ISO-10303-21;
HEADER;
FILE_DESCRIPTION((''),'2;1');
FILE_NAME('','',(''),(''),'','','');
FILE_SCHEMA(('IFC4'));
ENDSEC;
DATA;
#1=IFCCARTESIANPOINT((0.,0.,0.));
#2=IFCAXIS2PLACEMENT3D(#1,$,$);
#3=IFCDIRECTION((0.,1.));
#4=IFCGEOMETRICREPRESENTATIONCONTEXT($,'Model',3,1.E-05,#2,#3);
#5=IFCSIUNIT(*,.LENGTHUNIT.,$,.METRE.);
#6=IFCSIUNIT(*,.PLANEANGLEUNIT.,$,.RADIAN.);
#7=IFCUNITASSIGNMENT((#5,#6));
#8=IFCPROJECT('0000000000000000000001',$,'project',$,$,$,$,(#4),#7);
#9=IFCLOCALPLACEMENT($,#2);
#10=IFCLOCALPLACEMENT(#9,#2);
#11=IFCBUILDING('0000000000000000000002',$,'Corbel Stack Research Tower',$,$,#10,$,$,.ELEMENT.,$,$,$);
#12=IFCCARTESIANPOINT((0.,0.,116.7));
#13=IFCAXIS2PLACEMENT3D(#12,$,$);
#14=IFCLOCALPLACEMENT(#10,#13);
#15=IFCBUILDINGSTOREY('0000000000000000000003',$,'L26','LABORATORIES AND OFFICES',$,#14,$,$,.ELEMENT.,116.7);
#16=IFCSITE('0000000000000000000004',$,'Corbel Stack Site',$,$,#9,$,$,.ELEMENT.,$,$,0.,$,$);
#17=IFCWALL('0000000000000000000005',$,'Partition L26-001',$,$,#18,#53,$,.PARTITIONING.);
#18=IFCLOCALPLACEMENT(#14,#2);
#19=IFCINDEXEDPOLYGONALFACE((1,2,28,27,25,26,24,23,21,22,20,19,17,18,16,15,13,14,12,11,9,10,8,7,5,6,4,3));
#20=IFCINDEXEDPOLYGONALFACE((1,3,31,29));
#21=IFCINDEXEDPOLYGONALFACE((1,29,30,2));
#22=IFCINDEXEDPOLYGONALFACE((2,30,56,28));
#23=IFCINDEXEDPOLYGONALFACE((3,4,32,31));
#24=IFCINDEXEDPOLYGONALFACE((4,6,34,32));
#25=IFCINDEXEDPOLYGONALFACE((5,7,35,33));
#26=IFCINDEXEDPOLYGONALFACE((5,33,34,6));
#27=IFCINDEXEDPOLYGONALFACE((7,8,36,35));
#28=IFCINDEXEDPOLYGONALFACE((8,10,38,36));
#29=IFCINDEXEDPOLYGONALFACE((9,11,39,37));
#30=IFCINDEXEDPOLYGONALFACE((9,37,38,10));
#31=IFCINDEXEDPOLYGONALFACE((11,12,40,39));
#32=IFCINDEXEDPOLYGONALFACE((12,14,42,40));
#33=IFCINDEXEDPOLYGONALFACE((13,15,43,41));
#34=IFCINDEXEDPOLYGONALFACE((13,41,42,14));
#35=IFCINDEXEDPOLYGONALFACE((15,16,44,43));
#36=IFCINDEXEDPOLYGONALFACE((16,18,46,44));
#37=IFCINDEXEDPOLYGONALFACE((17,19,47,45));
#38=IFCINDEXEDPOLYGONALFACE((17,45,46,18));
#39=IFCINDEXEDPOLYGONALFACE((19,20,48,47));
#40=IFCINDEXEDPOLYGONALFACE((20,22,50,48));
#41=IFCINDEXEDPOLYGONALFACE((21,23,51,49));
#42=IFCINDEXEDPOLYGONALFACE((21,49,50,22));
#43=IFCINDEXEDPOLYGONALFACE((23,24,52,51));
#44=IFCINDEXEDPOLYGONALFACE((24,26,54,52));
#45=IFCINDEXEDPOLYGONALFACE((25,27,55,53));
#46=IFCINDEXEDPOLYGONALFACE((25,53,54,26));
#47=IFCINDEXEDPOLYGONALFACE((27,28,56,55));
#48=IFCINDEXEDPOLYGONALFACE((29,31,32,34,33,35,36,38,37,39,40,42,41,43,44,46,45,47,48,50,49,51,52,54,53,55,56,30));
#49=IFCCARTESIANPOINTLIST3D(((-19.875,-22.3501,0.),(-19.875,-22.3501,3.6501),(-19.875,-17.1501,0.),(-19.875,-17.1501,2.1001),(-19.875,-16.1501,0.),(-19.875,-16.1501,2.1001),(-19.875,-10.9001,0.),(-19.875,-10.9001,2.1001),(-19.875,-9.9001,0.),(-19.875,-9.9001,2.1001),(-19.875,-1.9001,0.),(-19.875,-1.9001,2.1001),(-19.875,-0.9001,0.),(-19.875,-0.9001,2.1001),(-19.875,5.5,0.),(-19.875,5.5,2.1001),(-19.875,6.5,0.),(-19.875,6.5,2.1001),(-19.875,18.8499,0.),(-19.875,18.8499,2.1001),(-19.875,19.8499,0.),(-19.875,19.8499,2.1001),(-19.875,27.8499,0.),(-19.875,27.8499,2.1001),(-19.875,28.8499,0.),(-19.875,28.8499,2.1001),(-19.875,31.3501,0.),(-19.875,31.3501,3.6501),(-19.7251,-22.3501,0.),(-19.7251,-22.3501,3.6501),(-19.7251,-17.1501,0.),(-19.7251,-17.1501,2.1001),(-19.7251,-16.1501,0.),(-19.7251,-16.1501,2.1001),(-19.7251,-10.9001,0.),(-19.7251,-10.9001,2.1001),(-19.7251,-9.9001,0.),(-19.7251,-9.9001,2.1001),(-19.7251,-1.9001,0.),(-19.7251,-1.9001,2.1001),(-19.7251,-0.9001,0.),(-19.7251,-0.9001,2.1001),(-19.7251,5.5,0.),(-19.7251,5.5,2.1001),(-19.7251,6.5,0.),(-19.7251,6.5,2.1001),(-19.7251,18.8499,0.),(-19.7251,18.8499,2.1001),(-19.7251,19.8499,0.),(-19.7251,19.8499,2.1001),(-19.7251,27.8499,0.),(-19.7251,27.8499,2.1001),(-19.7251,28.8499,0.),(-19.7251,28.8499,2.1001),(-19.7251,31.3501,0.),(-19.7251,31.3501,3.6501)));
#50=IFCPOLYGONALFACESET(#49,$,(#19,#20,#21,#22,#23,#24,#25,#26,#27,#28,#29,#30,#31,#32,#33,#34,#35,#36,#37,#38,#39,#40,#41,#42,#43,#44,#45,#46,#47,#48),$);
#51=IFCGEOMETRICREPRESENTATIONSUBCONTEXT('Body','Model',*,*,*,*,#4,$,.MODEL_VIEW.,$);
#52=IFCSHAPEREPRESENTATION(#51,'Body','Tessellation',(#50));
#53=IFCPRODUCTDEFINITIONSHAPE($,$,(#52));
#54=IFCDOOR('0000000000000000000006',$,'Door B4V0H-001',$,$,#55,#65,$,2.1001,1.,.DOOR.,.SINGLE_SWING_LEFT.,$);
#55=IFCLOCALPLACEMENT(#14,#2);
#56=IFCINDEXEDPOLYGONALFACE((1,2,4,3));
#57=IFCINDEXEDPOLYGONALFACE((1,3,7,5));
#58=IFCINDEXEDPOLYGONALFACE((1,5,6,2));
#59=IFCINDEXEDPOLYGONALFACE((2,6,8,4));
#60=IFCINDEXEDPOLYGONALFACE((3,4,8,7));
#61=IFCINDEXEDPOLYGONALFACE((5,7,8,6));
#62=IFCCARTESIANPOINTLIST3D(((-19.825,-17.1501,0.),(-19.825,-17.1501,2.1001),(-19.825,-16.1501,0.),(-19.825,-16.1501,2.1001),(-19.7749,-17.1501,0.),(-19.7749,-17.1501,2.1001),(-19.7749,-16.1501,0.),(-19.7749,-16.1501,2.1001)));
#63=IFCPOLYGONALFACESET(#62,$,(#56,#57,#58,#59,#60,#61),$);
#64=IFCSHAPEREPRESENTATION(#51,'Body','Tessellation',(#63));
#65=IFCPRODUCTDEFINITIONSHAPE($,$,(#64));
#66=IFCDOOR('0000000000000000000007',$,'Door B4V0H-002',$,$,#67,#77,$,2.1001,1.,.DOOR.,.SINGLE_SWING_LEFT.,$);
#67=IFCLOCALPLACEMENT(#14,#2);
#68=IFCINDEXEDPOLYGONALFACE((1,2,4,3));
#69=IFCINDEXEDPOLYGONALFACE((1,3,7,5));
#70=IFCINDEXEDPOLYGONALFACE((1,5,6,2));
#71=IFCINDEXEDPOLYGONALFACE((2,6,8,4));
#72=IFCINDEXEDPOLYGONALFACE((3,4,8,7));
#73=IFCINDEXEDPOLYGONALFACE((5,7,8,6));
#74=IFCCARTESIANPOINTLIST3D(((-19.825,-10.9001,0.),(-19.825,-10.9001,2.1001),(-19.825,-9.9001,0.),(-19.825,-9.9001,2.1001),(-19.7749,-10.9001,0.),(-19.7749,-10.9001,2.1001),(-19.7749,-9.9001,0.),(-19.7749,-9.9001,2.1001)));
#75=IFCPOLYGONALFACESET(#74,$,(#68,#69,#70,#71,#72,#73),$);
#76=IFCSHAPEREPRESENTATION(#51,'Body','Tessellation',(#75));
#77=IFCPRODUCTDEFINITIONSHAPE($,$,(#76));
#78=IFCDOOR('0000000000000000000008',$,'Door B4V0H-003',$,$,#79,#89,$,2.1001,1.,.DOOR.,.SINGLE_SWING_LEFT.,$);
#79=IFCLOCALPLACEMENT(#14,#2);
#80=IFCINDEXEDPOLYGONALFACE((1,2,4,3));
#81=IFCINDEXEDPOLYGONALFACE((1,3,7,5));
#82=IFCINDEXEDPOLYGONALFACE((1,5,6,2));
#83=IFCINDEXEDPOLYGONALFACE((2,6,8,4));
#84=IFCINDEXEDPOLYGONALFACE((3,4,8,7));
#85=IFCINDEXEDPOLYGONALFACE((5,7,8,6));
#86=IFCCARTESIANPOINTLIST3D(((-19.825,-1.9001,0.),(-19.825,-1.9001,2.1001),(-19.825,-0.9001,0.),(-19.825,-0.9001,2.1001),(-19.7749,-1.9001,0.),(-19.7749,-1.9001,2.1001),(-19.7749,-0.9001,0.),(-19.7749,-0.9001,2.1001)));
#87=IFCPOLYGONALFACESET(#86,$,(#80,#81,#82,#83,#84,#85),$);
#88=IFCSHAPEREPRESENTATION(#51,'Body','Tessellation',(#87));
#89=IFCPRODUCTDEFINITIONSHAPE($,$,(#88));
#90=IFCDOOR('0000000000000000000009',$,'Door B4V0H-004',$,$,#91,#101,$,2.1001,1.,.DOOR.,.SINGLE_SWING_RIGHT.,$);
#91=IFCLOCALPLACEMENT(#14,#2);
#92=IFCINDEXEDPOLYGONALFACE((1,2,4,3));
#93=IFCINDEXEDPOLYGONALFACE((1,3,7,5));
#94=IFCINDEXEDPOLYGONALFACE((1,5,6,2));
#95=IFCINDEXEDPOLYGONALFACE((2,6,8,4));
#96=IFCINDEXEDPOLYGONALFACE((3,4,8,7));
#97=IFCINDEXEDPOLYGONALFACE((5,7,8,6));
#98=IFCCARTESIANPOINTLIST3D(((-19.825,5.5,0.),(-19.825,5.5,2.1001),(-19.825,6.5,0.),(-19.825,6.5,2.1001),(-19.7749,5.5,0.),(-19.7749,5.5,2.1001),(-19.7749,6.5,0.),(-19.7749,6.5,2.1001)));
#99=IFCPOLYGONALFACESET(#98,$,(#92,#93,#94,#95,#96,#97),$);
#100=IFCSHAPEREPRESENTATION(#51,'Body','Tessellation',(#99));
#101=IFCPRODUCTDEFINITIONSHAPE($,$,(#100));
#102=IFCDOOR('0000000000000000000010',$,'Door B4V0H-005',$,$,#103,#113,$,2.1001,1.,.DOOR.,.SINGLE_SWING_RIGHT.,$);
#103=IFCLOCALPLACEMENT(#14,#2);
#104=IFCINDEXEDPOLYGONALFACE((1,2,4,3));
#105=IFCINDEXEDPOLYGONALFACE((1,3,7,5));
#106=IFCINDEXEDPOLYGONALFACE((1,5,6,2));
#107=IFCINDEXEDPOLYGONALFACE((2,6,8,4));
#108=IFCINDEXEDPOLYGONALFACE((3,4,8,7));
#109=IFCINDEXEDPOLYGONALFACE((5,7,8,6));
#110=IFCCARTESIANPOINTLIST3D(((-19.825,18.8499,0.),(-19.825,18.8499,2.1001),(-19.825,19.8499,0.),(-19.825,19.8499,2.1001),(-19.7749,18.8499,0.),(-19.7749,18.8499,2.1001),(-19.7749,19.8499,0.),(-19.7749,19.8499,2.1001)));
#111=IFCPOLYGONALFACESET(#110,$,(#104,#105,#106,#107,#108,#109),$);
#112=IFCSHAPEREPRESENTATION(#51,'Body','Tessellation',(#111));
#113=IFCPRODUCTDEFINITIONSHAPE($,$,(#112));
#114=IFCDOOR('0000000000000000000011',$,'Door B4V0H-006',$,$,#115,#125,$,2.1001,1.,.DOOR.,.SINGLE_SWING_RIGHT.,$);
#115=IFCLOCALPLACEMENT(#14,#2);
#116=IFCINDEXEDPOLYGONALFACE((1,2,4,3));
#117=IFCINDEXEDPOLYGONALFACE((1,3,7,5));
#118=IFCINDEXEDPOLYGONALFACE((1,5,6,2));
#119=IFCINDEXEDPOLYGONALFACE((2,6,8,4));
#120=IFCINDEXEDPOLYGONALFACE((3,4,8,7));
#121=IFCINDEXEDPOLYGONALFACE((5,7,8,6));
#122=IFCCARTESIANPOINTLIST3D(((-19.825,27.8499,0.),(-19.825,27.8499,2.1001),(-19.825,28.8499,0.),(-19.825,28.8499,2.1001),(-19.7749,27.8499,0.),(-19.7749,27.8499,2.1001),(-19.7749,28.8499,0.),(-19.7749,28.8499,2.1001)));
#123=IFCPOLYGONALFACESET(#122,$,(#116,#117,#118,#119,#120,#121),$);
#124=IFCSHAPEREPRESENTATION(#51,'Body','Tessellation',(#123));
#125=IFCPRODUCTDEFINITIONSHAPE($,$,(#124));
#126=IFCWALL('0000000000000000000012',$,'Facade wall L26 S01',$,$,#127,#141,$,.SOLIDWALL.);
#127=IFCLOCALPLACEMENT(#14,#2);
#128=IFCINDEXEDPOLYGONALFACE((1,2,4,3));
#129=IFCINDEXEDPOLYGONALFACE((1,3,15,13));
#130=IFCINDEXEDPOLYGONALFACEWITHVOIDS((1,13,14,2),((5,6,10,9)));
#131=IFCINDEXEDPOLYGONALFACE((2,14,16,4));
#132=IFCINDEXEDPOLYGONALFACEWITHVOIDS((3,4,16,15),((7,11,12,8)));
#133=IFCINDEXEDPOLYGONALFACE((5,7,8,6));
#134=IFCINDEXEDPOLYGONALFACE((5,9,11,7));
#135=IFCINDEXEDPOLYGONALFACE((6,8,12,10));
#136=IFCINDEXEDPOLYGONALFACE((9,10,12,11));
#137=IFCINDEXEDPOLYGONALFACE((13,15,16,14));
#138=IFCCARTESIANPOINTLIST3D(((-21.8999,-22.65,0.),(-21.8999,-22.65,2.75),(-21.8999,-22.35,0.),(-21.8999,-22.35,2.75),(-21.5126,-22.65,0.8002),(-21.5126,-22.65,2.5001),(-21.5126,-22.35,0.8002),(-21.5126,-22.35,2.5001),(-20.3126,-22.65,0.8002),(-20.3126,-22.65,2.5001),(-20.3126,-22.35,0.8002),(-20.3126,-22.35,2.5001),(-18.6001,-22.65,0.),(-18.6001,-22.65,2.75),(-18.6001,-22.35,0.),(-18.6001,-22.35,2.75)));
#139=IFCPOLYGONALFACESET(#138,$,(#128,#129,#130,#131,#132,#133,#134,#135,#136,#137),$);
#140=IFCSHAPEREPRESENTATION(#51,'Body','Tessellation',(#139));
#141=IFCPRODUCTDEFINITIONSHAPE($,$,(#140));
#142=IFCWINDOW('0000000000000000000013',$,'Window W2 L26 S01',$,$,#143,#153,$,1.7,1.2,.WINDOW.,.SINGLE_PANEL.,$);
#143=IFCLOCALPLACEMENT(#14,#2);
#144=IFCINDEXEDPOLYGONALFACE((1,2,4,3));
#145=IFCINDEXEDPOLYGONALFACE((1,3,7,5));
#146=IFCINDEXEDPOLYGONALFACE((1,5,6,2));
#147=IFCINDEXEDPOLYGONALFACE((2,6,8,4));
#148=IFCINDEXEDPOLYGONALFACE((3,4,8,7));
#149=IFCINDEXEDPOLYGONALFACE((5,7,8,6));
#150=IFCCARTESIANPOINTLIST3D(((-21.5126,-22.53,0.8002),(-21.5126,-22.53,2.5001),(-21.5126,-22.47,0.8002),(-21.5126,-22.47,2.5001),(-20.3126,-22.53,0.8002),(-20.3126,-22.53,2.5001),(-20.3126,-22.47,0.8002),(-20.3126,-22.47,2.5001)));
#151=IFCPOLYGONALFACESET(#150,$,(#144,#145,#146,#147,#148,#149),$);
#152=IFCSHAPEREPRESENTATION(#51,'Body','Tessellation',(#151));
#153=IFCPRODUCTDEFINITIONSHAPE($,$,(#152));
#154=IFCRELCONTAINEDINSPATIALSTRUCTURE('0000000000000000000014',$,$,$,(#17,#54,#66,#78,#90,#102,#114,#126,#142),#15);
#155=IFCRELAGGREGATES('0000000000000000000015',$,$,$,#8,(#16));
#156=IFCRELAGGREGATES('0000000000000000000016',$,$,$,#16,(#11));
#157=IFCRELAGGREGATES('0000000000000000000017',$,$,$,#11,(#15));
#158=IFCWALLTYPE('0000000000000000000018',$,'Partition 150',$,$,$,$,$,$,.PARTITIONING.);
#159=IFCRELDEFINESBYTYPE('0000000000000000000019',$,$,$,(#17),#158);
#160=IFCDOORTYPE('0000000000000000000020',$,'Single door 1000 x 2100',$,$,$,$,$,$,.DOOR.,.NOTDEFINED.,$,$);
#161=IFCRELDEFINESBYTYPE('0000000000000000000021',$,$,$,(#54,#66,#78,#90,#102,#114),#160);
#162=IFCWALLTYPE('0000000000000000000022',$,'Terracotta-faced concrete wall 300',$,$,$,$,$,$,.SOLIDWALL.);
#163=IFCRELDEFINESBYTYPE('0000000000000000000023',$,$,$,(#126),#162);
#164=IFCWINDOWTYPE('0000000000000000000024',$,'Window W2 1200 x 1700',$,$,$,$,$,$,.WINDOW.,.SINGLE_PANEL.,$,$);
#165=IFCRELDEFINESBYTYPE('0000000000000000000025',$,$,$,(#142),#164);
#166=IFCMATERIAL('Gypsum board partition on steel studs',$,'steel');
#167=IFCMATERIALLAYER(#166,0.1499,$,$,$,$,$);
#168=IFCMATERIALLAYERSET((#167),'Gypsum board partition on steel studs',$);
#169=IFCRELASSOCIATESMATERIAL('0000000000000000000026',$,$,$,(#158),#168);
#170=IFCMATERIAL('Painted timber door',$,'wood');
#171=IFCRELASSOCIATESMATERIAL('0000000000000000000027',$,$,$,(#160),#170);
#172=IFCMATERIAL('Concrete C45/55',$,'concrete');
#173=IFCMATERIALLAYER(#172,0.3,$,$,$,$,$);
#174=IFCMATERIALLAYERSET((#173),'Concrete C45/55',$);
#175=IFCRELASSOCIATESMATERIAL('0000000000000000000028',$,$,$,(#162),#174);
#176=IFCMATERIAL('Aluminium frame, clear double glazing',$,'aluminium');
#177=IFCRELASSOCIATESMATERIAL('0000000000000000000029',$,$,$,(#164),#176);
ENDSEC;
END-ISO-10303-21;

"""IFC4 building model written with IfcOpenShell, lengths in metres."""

from ifc_helpers import new_model, si_unit, direction, frame, frame_2d, origin, place, context, subcontext, project, spatial, rectangle, extrude, material, layer, layer_set, type_object, element, fill, save


model = new_model("IFC4")

# Units and contexts
model_context = context("Model", 3, precision=1e-05, world=origin(), true_north=direction((0.0, 1.0)))
body_context = subcontext(model_context, "Body", "Model", "MODEL_VIEW")
ifc_project = project(units=[si_unit("LENGTHUNIT", "METRE"), si_unit("PLANEANGLEUNIT", "RADIAN")], contexts=[model_context])

# Site, building, storey
site_placement = place(None, origin())
site = spatial("IfcSite", under=ifc_project, at=site_placement, Name="Corbel Stack Site", CompositionType="ELEMENT", RefElevation=0.0)
building_placement = place(site_placement, origin())
building = spatial("IfcBuilding", under=site, at=building_placement, Name="Corbel Stack Research Tower", CompositionType="ELEMENT")
storey_placement = place(building_placement, frame((0.0, 0.0, 116.7)))
storey = spatial("IfcBuildingStorey", under=building, at=storey_placement, Name="L26", Description="LABORATORIES AND OFFICES", CompositionType="ELEMENT", Elevation=116.7)

# Wall, openings, doors
ifc_material_1 = material(Name="Gypsum board partition on steel studs", Category="steel")
ifc_layer_1 = layer(ifc_material_1, 0.1499)
ifc_layer_set_1 = layer_set([ifc_layer_1], Name="Gypsum board partition on steel studs")
wall_type_1 = type_object("IfcWallType", Name="Partition 150", PredefinedType="PARTITIONING", material=ifc_layer_set_1)
wall_1_placement = place(storey_placement, frame((-19.8, -22.3501, 0.0), z_axis=(0.0, 0.0, 1.0), x_axis=(0.0, 1.0, 0.0)))
wall_1 = element("IfcWall", 1, at=wall_1_placement, inside=storey, type_object=wall_type_1, Name="Partition L26-001", PredefinedType="PARTITIONING", context=body_context, shape_type="SweptSolid", body=[
    extrude(rectangle(XDim=53.7002, YDim=0.1499, at=frame_2d((26.8501, 0.0))), origin(), (0.0, 0.0, 1.0), 3.6501),
])
opening_1_placement = place(wall_1_placement, frame((5.2, 0.0, 0.0)))
opening_1 = element("IfcOpeningElement", 2, at=opening_1_placement, cuts=wall_1, PredefinedType="OPENING", context=body_context, shape_type="SweptSolid", body=[
    extrude(rectangle(XDim=1.0, YDim=2.1001, at=frame_2d((0.5, 1.05))), frame((0.0, 0.085, 0.0), z_axis=(0.0, -1.0, 0.0), x_axis=(1.0, 0.0, 0.0)), (0.0, 0.0, 1.0), 0.1699),
])
opening_2_placement = place(wall_1_placement, frame((11.45, 0.0, 0.0)))
opening_2 = element("IfcOpeningElement", 3, at=opening_2_placement, cuts=wall_1, PredefinedType="OPENING", context=body_context, shape_type="SweptSolid", body=[
    extrude(rectangle(XDim=1.0, YDim=2.1001, at=frame_2d((0.5, 1.05))), frame((0.0, 0.085, 0.0), z_axis=(0.0, -1.0, 0.0), x_axis=(1.0, 0.0, 0.0)), (0.0, 0.0, 1.0), 0.1699),
])
opening_3_placement = place(wall_1_placement, frame((20.45, 0.0, 0.0)))
opening_3 = element("IfcOpeningElement", 4, at=opening_3_placement, cuts=wall_1, PredefinedType="OPENING", context=body_context, shape_type="SweptSolid", body=[
    extrude(rectangle(XDim=1.0, YDim=2.1001, at=frame_2d((0.5, 1.05))), frame((0.0, 0.085, 0.0), z_axis=(0.0, -1.0, 0.0), x_axis=(1.0, 0.0, 0.0)), (0.0, 0.0, 1.0), 0.1699),
])
opening_4_placement = place(wall_1_placement, frame((27.8501, 0.0, 0.0)))
opening_4 = element("IfcOpeningElement", 5, at=opening_4_placement, cuts=wall_1, PredefinedType="OPENING", context=body_context, shape_type="SweptSolid", body=[
    extrude(rectangle(XDim=1.0, YDim=2.1001, at=frame_2d((0.5, 1.05))), frame((0.0, 0.085, 0.0), z_axis=(0.0, -1.0, 0.0), x_axis=(1.0, 0.0, 0.0)), (0.0, 0.0, 1.0), 0.1699),
])
opening_5_placement = place(wall_1_placement, frame((41.2, 0.0, 0.0)))
opening_5 = element("IfcOpeningElement", 6, at=opening_5_placement, cuts=wall_1, PredefinedType="OPENING", context=body_context, shape_type="SweptSolid", body=[
    extrude(rectangle(XDim=1.0, YDim=2.1001, at=frame_2d((0.5, 1.05))), frame((0.0, 0.085, 0.0), z_axis=(0.0, -1.0, 0.0), x_axis=(1.0, 0.0, 0.0)), (0.0, 0.0, 1.0), 0.1699),
])
opening_6_placement = place(wall_1_placement, frame((50.2, 0.0, 0.0)))
opening_6 = element("IfcOpeningElement", 7, at=opening_6_placement, cuts=wall_1, PredefinedType="OPENING", context=body_context, shape_type="SweptSolid", body=[
    extrude(rectangle(XDim=1.0, YDim=2.1001, at=frame_2d((0.5, 1.05))), frame((0.0, 0.085, 0.0), z_axis=(0.0, -1.0, 0.0), x_axis=(1.0, 0.0, 0.0)), (0.0, 0.0, 1.0), 0.1699),
])
ifc_material_2 = material(Name="Painted timber door", Category="wood")
door_type_1 = type_object("IfcDoorType", Name="Single door 1000 x 2100", OperationType="NOTDEFINED", PredefinedType="DOOR", material=ifc_material_2)
door_1_placement = place(opening_1_placement, origin())
door_1 = element("IfcDoor", 8, at=door_1_placement, inside=storey, type_object=door_type_1, Name="Door B4V0H-001", OperationType="SINGLE_SWING_LEFT", OverallHeight=2.1001, OverallWidth=1.0, PredefinedType="DOOR", context=body_context, shape_type="SweptSolid", body=[
    extrude(rectangle(XDim=1.0, YDim=2.1001, at=frame_2d((0.5, 1.05))), frame((0.0, 0.0249, 0.0), z_axis=(0.0, -1.0, 0.0), x_axis=(1.0, 0.0, 0.0)), (0.0, 0.0, 1.0), 0.05),
])
fill(opening_1, door_1)
door_2_placement = place(opening_2_placement, origin())
door_2 = element("IfcDoor", 9, at=door_2_placement, inside=storey, type_object=door_type_1, Name="Door B4V0H-002", OperationType="SINGLE_SWING_LEFT", OverallHeight=2.1001, OverallWidth=1.0, PredefinedType="DOOR", context=body_context, shape_type="SweptSolid", body=[
    extrude(rectangle(XDim=1.0, YDim=2.1001, at=frame_2d((0.5, 1.05))), frame((0.0, 0.0249, 0.0), z_axis=(0.0, -1.0, 0.0), x_axis=(1.0, 0.0, 0.0)), (0.0, 0.0, 1.0), 0.05),
])
fill(opening_2, door_2)
door_3_placement = place(opening_3_placement, origin())
door_3 = element("IfcDoor", 10, at=door_3_placement, inside=storey, type_object=door_type_1, Name="Door B4V0H-003", OperationType="SINGLE_SWING_LEFT", OverallHeight=2.1001, OverallWidth=1.0, PredefinedType="DOOR", context=body_context, shape_type="SweptSolid", body=[
    extrude(rectangle(XDim=1.0, YDim=2.1001, at=frame_2d((0.5, 1.05))), frame((0.0, 0.0249, 0.0), z_axis=(0.0, -1.0, 0.0), x_axis=(1.0, 0.0, 0.0)), (0.0, 0.0, 1.0), 0.05),
])
fill(opening_3, door_3)
door_4_placement = place(opening_4_placement, origin())
door_4 = element("IfcDoor", 11, at=door_4_placement, inside=storey, type_object=door_type_1, Name="Door B4V0H-004", OperationType="SINGLE_SWING_RIGHT", OverallHeight=2.1001, OverallWidth=1.0, PredefinedType="DOOR", context=body_context, shape_type="SweptSolid", body=[
    extrude(rectangle(XDim=1.0, YDim=2.1001, at=frame_2d((0.5, 1.05))), frame((0.0, 0.0249, 0.0), z_axis=(0.0, -1.0, 0.0), x_axis=(1.0, 0.0, 0.0)), (0.0, 0.0, 1.0), 0.05),
])
fill(opening_4, door_4)
door_5_placement = place(opening_5_placement, origin())
door_5 = element("IfcDoor", 12, at=door_5_placement, inside=storey, type_object=door_type_1, Name="Door B4V0H-005", OperationType="SINGLE_SWING_RIGHT", OverallHeight=2.1001, OverallWidth=1.0, PredefinedType="DOOR", context=body_context, shape_type="SweptSolid", body=[
    extrude(rectangle(XDim=1.0, YDim=2.1001, at=frame_2d((0.5, 1.05))), frame((0.0, 0.0249, 0.0), z_axis=(0.0, -1.0, 0.0), x_axis=(1.0, 0.0, 0.0)), (0.0, 0.0, 1.0), 0.05),
])
fill(opening_5, door_5)
door_6_placement = place(opening_6_placement, origin())
door_6 = element("IfcDoor", 13, at=door_6_placement, inside=storey, type_object=door_type_1, Name="Door B4V0H-006", OperationType="SINGLE_SWING_RIGHT", OverallHeight=2.1001, OverallWidth=1.0, PredefinedType="DOOR", context=body_context, shape_type="SweptSolid", body=[
    extrude(rectangle(XDim=1.0, YDim=2.1001, at=frame_2d((0.5, 1.05))), frame((0.0, 0.0249, 0.0), z_axis=(0.0, -1.0, 0.0), x_axis=(1.0, 0.0, 0.0)), (0.0, 0.0, 1.0), 0.05),
])
fill(opening_6, door_6)

# Wall, opening, window
ifc_material_3 = material(Name="Concrete C45/55", Category="concrete")
ifc_layer_2 = layer(ifc_material_3, 0.3)
ifc_layer_set_2 = layer_set([ifc_layer_2], Name="Concrete C45/55")
wall_type_2 = type_object("IfcWallType", Name="Terracotta-faced concrete wall 300", PredefinedType="SOLIDWALL", material=ifc_layer_set_2)
wall_2_placement = place(storey_placement, frame((-18.6001, -22.5, 0.0), z_axis=(0.0, 0.0, 1.0), x_axis=(-1.0, 0.0, 0.0)))
wall_2 = element("IfcWall", 14, at=wall_2_placement, inside=storey, type_object=wall_type_2, Name="Facade wall L26 S01", PredefinedType="SOLIDWALL", context=body_context, shape_type="SweptSolid", body=[
    extrude(rectangle(XDim=3.2998, YDim=0.3, at=frame_2d((1.6499, 0.0))), origin(), (0.0, 0.0, 1.0), 2.75),
])
opening_7_placement = place(wall_2_placement, frame((1.7124, 0.0, 0.8)))
opening_7 = element("IfcOpeningElement", 15, at=opening_7_placement, cuts=wall_2, PredefinedType="OPENING", context=body_context, shape_type="SweptSolid", body=[
    extrude(rectangle(XDim=1.2, YDim=1.7, at=frame_2d((0.6001, 0.8501))), frame((0.0, 0.1599, 0.0), z_axis=(0.0, -1.0, 0.0), x_axis=(1.0, 0.0, 0.0)), (0.0, 0.0, 1.0), 0.3201),
])
ifc_material_4 = material(Name="Aluminium frame, clear double glazing", Category="aluminium")
window_type = type_object("IfcWindowType", Name="Window W2 1200 x 1700", PartitioningType="SINGLE_PANEL", PredefinedType="WINDOW", material=ifc_material_4)
window_placement = place(opening_7_placement, origin())
window = element("IfcWindow", 16, at=window_placement, inside=storey, type_object=window_type, Name="Window W2 L26 S01", OverallHeight=1.7, OverallWidth=1.2, PartitioningType="SINGLE_PANEL", PredefinedType="WINDOW", context=body_context, shape_type="SweptSolid", body=[
    extrude(rectangle(XDim=1.2, YDim=1.7, at=frame_2d((0.6001, 0.8501))), frame((0.0, 0.03, 0.0), z_axis=(0.0, -1.0, 0.0), x_axis=(1.0, 0.0, 0.0)), (0.0, 0.0, 1.0), 0.0601),
])
fill(opening_7, window)

save(model, "model.ifc")
